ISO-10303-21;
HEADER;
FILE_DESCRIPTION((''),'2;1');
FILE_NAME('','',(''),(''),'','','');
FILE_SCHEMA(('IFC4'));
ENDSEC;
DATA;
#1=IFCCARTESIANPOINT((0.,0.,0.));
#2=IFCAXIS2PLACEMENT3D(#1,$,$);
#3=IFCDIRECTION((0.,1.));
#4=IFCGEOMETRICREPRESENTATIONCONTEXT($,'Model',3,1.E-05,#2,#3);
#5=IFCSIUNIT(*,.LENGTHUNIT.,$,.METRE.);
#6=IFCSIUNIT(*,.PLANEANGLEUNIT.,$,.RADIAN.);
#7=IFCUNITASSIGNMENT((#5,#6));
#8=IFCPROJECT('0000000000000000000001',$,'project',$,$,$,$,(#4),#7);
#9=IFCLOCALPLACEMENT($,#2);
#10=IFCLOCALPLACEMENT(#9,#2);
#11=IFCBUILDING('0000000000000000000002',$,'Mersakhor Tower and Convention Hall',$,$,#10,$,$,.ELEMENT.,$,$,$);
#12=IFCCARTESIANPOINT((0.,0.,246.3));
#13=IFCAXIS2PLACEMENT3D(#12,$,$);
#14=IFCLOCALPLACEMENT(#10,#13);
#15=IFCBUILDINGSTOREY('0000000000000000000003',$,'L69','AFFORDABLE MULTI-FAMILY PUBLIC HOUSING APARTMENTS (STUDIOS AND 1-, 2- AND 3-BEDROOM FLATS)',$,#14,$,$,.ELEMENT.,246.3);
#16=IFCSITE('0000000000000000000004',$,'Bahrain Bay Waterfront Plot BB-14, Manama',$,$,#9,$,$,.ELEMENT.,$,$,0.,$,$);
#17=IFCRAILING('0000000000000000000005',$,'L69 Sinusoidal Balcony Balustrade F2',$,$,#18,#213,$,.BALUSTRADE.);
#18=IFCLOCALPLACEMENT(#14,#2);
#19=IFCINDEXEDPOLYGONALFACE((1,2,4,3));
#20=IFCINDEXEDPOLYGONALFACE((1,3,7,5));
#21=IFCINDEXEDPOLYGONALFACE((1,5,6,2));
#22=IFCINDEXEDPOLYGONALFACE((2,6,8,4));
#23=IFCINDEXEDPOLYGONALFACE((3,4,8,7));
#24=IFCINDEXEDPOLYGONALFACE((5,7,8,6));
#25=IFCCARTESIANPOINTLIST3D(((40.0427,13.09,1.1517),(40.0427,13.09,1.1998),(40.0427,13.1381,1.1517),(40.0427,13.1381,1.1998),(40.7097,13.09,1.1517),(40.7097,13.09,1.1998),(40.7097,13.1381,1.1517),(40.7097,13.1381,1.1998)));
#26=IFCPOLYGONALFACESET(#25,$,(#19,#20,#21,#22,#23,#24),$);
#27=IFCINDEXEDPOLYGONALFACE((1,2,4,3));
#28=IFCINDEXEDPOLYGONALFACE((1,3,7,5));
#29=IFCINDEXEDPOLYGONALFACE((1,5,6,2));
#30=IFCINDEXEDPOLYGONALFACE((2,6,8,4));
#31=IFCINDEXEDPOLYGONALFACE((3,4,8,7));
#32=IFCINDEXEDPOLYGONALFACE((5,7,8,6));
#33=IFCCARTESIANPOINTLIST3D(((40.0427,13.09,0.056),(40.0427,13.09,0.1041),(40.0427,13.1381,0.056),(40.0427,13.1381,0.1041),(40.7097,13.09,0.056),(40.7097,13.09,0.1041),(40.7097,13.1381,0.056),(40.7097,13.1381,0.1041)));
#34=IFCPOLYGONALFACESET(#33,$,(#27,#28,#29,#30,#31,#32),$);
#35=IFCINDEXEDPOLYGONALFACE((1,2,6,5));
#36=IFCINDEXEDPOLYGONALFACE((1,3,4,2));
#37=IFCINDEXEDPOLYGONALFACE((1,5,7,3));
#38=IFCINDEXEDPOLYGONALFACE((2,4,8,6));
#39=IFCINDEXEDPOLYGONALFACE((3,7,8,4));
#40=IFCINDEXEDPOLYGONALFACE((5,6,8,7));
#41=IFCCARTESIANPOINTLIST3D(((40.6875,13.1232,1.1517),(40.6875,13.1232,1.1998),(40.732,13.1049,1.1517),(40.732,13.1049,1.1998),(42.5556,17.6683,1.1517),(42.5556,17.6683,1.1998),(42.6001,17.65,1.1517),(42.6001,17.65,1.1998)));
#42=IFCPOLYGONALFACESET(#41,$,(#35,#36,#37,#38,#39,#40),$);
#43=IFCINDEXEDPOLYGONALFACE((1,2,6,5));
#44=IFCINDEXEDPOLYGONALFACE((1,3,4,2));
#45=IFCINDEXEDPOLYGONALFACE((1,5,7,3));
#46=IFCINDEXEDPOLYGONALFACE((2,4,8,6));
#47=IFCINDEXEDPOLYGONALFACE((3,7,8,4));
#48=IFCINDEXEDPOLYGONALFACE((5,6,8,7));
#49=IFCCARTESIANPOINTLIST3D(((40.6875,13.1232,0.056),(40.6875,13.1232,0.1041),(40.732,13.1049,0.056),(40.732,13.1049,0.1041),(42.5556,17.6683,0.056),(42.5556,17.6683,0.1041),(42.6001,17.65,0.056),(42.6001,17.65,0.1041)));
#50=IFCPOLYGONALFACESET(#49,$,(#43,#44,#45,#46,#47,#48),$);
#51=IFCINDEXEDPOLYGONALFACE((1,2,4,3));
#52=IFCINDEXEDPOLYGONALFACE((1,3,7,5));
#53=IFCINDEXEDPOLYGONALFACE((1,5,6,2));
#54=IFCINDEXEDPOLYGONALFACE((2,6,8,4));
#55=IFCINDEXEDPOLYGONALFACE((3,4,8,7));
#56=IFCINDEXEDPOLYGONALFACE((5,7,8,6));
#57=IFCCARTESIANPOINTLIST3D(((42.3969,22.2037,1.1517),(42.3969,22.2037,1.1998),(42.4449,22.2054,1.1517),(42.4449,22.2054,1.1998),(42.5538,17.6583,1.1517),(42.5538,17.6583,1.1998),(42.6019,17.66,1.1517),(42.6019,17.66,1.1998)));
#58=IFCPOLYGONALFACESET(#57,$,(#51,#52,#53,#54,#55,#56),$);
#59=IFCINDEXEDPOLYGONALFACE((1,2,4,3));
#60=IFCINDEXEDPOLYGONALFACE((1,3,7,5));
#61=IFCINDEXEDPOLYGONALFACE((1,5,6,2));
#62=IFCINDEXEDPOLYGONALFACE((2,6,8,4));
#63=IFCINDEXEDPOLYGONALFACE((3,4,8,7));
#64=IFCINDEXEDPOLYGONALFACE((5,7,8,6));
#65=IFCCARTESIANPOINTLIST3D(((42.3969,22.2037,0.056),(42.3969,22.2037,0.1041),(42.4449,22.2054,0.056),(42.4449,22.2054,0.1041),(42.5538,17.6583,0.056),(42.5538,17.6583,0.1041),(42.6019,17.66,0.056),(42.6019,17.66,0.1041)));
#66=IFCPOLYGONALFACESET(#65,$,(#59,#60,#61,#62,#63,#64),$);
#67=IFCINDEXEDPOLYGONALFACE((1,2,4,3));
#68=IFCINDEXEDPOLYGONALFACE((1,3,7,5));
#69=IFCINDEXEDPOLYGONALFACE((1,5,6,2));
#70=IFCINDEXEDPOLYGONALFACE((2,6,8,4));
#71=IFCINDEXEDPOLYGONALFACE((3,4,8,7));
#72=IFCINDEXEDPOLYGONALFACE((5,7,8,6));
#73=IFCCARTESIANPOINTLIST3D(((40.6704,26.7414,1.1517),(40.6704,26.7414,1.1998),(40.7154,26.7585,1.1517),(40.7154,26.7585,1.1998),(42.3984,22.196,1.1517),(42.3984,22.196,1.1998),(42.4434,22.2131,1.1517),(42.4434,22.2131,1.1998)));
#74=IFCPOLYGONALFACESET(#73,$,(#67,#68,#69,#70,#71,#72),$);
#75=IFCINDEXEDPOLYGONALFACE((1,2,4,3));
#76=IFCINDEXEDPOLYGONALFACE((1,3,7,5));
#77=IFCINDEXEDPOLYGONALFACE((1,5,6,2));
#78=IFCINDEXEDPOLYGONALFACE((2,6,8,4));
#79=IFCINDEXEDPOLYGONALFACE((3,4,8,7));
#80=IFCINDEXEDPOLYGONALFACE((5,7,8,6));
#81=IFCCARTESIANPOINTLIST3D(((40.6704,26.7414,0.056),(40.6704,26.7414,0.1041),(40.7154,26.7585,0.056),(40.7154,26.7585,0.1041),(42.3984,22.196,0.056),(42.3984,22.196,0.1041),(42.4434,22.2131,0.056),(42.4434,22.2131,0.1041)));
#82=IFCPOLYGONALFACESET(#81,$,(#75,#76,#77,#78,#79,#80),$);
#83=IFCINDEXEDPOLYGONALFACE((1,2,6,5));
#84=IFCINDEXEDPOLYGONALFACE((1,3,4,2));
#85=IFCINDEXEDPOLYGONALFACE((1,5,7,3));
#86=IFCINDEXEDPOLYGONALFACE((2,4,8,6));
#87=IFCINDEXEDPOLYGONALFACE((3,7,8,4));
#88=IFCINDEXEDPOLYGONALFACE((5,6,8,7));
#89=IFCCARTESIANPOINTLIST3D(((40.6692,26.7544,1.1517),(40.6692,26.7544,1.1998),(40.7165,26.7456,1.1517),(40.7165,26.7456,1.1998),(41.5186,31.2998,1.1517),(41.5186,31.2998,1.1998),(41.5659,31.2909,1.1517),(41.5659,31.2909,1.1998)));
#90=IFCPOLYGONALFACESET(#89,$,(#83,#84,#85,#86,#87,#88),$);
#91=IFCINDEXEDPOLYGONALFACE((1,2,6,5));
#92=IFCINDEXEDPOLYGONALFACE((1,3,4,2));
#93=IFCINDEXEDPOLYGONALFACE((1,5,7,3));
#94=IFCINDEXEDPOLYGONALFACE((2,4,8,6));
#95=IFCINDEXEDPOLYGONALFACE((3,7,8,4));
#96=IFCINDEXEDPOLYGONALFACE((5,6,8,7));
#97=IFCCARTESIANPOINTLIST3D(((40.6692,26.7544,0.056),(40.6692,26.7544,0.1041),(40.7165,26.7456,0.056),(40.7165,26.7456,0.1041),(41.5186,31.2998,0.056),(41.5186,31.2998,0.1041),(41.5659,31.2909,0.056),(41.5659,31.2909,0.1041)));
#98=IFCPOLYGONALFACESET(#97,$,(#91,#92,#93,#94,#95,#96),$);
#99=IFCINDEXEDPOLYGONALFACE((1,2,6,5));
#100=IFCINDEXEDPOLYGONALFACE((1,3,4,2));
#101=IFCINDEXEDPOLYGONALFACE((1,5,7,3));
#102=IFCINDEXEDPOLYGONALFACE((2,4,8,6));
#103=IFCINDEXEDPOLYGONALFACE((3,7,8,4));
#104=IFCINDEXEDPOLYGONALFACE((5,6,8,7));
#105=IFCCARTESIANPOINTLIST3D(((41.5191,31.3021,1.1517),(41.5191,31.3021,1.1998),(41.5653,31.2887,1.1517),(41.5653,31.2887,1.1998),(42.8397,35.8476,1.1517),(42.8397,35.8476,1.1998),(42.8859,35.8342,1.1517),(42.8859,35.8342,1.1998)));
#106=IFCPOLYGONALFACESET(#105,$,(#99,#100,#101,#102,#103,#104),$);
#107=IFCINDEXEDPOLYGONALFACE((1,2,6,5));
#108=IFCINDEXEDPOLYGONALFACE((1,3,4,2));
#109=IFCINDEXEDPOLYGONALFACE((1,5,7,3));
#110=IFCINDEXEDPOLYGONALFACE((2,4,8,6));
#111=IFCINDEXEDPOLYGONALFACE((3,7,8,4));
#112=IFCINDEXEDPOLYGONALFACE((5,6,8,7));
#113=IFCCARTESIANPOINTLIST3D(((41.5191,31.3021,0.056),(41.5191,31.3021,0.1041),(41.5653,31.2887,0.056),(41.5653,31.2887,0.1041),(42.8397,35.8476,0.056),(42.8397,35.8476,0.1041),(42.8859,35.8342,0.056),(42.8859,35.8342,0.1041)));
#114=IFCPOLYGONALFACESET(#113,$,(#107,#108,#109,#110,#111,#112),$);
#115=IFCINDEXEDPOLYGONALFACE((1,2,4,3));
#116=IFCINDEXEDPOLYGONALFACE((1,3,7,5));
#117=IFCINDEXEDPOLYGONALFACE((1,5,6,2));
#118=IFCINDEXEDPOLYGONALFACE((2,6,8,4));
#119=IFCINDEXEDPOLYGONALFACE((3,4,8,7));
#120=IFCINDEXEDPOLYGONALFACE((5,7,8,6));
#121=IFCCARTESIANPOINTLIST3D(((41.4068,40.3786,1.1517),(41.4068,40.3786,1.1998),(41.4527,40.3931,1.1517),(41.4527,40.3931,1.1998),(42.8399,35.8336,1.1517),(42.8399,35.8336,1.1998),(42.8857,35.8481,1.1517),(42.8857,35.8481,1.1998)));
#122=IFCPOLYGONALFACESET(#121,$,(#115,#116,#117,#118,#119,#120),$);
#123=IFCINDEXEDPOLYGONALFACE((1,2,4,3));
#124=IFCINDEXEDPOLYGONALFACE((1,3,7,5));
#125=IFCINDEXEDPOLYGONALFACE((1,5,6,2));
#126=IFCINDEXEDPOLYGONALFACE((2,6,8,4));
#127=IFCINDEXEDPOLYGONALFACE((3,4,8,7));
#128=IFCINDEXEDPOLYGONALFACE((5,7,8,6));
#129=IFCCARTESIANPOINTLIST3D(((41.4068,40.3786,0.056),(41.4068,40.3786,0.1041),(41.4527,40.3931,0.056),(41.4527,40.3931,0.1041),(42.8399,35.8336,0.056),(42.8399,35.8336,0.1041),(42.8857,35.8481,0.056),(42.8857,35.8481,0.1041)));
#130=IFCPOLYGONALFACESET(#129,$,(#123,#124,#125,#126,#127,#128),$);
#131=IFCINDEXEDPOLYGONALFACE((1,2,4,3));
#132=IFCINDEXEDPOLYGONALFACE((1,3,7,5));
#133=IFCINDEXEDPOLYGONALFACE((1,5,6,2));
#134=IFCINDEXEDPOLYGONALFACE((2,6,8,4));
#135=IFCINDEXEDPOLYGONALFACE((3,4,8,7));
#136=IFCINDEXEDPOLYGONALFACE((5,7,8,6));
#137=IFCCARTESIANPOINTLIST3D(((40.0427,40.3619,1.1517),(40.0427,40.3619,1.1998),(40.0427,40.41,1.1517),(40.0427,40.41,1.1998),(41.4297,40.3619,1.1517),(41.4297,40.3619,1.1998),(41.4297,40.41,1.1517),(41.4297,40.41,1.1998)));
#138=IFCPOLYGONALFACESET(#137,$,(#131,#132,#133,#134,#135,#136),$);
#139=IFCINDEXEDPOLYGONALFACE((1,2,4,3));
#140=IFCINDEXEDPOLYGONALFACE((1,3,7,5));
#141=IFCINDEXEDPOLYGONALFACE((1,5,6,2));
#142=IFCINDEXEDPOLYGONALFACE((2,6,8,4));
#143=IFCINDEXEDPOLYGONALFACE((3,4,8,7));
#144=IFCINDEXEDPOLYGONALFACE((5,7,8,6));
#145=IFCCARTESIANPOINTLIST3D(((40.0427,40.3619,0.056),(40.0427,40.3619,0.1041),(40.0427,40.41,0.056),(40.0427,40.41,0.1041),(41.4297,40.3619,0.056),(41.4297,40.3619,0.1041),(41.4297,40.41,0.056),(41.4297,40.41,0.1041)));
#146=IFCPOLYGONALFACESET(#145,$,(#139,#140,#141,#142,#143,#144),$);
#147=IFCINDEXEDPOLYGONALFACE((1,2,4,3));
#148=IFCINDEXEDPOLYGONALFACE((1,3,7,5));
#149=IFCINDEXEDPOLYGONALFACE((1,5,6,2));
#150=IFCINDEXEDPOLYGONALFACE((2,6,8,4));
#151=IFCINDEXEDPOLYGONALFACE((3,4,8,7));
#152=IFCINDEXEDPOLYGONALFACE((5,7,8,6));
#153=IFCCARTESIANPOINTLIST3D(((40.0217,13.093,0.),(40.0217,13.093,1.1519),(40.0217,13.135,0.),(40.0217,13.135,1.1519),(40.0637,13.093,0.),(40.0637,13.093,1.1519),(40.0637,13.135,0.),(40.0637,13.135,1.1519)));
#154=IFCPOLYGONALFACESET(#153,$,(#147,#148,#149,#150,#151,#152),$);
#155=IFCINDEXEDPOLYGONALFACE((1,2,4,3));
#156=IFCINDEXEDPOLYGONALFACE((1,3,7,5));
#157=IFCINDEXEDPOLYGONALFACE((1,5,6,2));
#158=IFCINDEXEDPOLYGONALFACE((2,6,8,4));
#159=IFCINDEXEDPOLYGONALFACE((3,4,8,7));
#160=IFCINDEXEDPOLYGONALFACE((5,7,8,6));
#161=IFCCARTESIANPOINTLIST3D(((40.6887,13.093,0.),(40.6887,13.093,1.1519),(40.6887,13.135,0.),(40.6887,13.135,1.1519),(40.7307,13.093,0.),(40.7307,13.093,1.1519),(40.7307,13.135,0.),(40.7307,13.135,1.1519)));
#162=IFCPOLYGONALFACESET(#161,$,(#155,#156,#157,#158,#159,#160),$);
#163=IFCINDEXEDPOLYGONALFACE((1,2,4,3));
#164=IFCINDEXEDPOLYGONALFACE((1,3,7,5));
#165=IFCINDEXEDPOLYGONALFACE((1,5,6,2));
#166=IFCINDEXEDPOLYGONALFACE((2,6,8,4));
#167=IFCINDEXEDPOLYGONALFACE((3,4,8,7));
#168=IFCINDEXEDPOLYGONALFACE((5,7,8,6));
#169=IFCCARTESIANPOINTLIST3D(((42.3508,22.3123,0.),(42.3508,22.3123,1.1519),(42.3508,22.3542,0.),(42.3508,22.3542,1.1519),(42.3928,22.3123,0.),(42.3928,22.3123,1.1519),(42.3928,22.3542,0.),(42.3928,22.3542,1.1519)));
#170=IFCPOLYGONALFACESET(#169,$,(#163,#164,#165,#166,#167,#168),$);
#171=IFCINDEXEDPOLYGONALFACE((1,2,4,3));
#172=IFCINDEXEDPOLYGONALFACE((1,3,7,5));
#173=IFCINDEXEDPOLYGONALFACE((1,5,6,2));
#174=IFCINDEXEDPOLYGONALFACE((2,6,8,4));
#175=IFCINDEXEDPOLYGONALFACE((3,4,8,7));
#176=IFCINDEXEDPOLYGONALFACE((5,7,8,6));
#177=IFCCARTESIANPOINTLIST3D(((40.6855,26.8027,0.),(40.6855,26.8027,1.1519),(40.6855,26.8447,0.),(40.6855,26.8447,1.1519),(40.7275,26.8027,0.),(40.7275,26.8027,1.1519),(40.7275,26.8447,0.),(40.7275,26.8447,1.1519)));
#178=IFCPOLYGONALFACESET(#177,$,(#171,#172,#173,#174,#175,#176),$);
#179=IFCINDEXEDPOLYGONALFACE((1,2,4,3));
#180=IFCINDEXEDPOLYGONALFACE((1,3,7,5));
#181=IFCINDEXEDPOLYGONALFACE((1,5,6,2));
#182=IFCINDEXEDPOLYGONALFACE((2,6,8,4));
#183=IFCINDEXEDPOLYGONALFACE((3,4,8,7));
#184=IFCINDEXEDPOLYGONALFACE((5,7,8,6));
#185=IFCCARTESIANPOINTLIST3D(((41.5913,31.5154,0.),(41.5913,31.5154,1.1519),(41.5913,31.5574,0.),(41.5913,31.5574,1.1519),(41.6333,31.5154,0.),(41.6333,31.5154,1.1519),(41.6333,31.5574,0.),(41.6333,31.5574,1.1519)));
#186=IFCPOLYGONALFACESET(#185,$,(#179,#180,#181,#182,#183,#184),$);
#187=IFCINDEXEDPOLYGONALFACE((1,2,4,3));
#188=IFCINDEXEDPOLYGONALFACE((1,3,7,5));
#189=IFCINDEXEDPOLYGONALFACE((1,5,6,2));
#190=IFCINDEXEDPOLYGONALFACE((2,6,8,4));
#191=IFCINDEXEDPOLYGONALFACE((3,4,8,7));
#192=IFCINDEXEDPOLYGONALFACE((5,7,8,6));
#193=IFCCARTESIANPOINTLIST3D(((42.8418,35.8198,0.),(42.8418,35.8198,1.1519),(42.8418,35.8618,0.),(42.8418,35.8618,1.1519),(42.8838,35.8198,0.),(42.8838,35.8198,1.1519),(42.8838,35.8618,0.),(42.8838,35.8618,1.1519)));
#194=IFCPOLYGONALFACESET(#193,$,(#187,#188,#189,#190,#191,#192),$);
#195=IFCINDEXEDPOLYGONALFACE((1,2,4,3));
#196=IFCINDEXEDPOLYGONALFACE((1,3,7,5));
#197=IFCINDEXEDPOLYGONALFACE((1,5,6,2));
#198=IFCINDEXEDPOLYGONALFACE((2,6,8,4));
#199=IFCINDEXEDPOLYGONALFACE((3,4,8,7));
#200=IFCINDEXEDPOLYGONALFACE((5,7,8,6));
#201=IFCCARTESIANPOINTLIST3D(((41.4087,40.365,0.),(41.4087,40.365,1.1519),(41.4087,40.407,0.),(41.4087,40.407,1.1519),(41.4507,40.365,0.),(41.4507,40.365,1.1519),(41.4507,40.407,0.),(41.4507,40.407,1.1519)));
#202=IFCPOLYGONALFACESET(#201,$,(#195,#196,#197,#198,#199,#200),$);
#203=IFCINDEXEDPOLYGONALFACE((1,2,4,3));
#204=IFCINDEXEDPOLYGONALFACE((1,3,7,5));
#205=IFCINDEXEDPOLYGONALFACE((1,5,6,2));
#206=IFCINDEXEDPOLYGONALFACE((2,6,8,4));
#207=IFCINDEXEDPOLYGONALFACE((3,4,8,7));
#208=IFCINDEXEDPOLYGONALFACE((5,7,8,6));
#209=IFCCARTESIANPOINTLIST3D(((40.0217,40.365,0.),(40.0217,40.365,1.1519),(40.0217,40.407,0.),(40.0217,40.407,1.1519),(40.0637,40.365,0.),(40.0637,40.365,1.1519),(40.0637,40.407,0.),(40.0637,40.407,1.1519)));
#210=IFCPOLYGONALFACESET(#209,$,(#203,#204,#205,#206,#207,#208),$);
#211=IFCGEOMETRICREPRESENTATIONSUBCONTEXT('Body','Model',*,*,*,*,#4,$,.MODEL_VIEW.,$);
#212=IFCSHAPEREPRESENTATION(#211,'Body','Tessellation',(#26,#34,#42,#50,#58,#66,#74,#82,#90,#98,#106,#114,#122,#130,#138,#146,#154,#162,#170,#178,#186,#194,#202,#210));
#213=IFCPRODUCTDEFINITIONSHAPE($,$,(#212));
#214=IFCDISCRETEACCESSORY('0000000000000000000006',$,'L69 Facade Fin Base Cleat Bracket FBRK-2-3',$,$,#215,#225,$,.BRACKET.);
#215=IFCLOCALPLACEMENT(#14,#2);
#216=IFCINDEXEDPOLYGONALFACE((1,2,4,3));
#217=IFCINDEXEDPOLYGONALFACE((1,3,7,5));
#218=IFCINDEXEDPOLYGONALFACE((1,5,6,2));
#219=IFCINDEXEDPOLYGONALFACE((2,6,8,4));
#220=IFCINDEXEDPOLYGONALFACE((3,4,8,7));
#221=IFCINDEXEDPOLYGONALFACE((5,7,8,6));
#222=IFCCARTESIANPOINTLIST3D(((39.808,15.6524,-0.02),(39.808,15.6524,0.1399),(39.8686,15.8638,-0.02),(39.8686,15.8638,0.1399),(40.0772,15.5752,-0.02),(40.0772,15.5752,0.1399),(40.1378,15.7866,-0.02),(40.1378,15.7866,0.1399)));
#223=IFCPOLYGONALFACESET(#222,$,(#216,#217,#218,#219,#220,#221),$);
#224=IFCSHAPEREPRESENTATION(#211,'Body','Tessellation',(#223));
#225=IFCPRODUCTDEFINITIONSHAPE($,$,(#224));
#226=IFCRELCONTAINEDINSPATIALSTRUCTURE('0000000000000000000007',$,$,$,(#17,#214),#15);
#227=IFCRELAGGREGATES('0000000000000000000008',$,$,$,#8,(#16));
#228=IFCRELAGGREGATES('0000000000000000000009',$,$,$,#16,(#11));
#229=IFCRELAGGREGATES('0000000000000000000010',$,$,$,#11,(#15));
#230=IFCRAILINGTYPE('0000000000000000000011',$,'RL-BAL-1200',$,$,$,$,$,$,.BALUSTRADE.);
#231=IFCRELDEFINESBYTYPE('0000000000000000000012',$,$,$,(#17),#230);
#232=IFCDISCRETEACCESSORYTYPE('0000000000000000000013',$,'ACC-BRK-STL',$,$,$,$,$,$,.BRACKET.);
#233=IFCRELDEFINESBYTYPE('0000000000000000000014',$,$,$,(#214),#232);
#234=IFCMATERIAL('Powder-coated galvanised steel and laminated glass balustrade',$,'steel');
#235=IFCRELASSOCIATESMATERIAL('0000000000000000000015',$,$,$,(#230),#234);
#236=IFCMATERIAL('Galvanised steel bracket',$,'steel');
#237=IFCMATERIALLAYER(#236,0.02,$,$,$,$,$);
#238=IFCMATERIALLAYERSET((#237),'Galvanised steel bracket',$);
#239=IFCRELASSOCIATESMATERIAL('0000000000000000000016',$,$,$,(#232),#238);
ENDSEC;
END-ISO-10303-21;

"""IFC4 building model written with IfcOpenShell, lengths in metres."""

from ifc_helpers import new_model, si_unit, direction, frame, origin, origin_2d, place, context, subcontext, project, spatial, rectangle, extrude, material, layer, layer_set, type_object, element, save


model = new_model("IFC4")

# Units and contexts
model_context = context("Model", 3, precision=1e-05, world=origin(), true_north=direction((0.0, 1.0)))
body_context = subcontext(model_context, "Body", "Model", "MODEL_VIEW")
ifc_project = project(units=[si_unit("LENGTHUNIT", "METRE"), si_unit("PLANEANGLEUNIT", "RADIAN")], contexts=[model_context])

# Site, building, storey
site_placement = place(None, origin())
site = spatial("IfcSite", under=ifc_project, at=site_placement, Name="Bahrain Bay Waterfront Plot BB-14, Manama", CompositionType="ELEMENT", RefElevation=0.0)
building_placement = place(site_placement, origin())
building = spatial("IfcBuilding", under=site, at=building_placement, Name="Mersakhor Tower and Convention Hall", CompositionType="ELEMENT")
storey_placement = place(building_placement, frame((0.0, 0.0, 246.3)))
storey = spatial("IfcBuildingStorey", under=building, at=storey_placement, Name="L69", Description="AFFORDABLE MULTI-FAMILY PUBLIC HOUSING APARTMENTS (STUDIOS AND 1-, 2- AND 3-BEDROOM FLATS)", CompositionType="ELEMENT", Elevation=246.3)

# Railing
ifc_material_1 = material(Name="Powder-coated galvanised steel and laminated glass balustrade", Category="steel")
railing_type = type_object("IfcRailingType", Name="RL-BAL-1200", PredefinedType="BALUSTRADE", material=ifc_material_1)
railing_placement = place(storey_placement, frame((40.0427, 13.114, 0.0)))
element("IfcRailing", 1, at=railing_placement, inside=storey, type_object=railing_type, Name="L69 Sinusoidal Balcony Balustrade F2", PredefinedType="BALUSTRADE", context=body_context, shape_type="SweptSolid", body=[
    extrude(rectangle(XDim=0.0481, YDim=0.0481, at=origin_2d()), frame((0.0, 0.0, 1.1758), z_axis=(1.0, 0.0, 0.0), x_axis=(0.0, 1.0, 0.0)), (0.0, 0.0, 1.0), 0.667),
    extrude(rectangle(XDim=0.0481, YDim=0.0481, at=origin_2d()), frame((0.0, 0.0, 0.0801), z_axis=(1.0, 0.0, 0.0), x_axis=(0.0, 1.0, 0.0)), (0.0, 0.0, 1.0), 0.667),
    extrude(rectangle(XDim=0.0481, YDim=0.0481, at=origin_2d()), frame((0.667, 0.0, 1.1758), z_axis=(0.380163, 0.92492, 0.0), x_axis=(-0.92492, 0.380163, 0.0)), (0.0, 0.0, 1.0), 4.9141),
    extrude(rectangle(XDim=0.0481, YDim=0.0481, at=origin_2d()), frame((0.667, 0.0, 0.0801), z_axis=(0.380163, 0.92492, 0.0), x_axis=(-0.92492, 0.380163, 0.0)), (0.0, 0.0, 1.0), 4.9141),
    extrude(rectangle(XDim=0.0481, YDim=0.0481, at=origin_2d()), frame((2.5352, 4.5452, 1.1758), z_axis=(-0.034516, 0.999404, 0.0), x_axis=(-0.999404, -0.034516, 0.0)), (0.0, 0.0, 1.0), 4.5481),
    extrude(rectangle(XDim=0.0481, YDim=0.0481, at=origin_2d()), frame((2.5352, 4.5452, 0.0801), z_axis=(-0.034516, 0.999404, 0.0), x_axis=(-0.999404, -0.034516, 0.0)), (0.0, 0.0, 1.0), 4.5481),
    extrude(rectangle(XDim=0.0481, YDim=0.0481, at=origin_2d()), frame((2.3782, 9.0906, 1.1758), z_axis=(-0.355356, 0.934731, 0.0), x_axis=(-0.934731, -0.355356, 0.0)), (0.0, 0.0, 1.0), 4.8628),
    extrude(rectangle(XDim=0.0481, YDim=0.0481, at=origin_2d()), frame((2.3782, 9.0906, 0.0801), z_axis=(-0.355356, 0.934731, 0.0), x_axis=(-0.934731, -0.355356, 0.0)), (0.0, 0.0, 1.0), 4.8628),
    extrude(rectangle(XDim=0.0481, YDim=0.0481, at=origin_2d()), frame((0.6501, 13.636, 1.1758), z_axis=(0.183683, 0.982986, 0.0), x_axis=(-0.982986, 0.183683, 0.0)), (0.0, 0.0, 1.0), 4.624),
    extrude(rectangle(XDim=0.0481, YDim=0.0481, at=origin_2d()), frame((0.6501, 13.636, 0.0801), z_axis=(0.183683, 0.982986, 0.0), x_axis=(-0.982986, 0.183683, 0.0)), (0.0, 0.0, 1.0), 4.624),
    extrude(rectangle(XDim=0.0481, YDim=0.0481, at=origin_2d()), frame((1.4995, 18.1814, 1.1758), z_axis=(0.27899, 0.960294, 0.0), x_axis=(-0.960294, 0.27899, 0.0)), (0.0, 0.0, 1.0), 4.7334),
    extrude(rectangle(XDim=0.0481, YDim=0.0481, at=origin_2d()), frame((1.4995, 18.1814, 0.0801), z_axis=(0.27899, 0.960294, 0.0), x_axis=(-0.960294, 0.27899, 0.0)), (0.0, 0.0, 1.0), 4.7334),
    extrude(rectangle(XDim=0.0481, YDim=0.0481, at=origin_2d()), frame((2.8201, 22.7268, 1.1758), z_axis=(-0.30071, 0.953716, 0.0), x_axis=(-0.953716, -0.30071, 0.0)), (0.0, 0.0, 1.0), 4.7656),
    extrude(rectangle(XDim=0.0481, YDim=0.0481, at=origin_2d()), frame((2.8201, 22.7268, 0.0801), z_axis=(-0.30071, 0.953716, 0.0), x_axis=(-0.953716, -0.30071, 0.0)), (0.0, 0.0, 1.0), 4.7656),
    extrude(rectangle(XDim=0.0481, YDim=0.0481, at=origin_2d()), frame((1.387, 27.272, 1.1758), z_axis=(-1.0, 0.0, 0.0), x_axis=(0.0, -1.0, 0.0)), (0.0, 0.0, 1.0), 1.387),
    extrude(rectangle(XDim=0.0481, YDim=0.0481, at=origin_2d()), frame((1.387, 27.272, 0.0801), z_axis=(-1.0, 0.0, 0.0), x_axis=(0.0, -1.0, 0.0)), (0.0, 0.0, 1.0), 1.387),
    extrude(rectangle(XDim=0.042, YDim=0.042, at=origin_2d()), origin(), (0.0, 0.0, 1.0), 1.1519),
    extrude(rectangle(XDim=0.042, YDim=0.042, at=origin_2d()), frame((0.667, 0.0, 0.0)), (0.0, 0.0, 1.0), 1.1519),
    extrude(rectangle(XDim=0.042, YDim=0.042, at=origin_2d()), frame((2.3291, 9.2192, 0.0)), (0.0, 0.0, 1.0), 1.1519),
    extrude(rectangle(XDim=0.042, YDim=0.042, at=origin_2d()), frame((0.6638, 13.7097, 0.0)), (0.0, 0.0, 1.0), 1.1519),
    extrude(rectangle(XDim=0.042, YDim=0.042, at=origin_2d()), frame((1.5696, 18.4224, 0.0)), (0.0, 0.0, 1.0), 1.1519),
    extrude(rectangle(XDim=0.042, YDim=0.042, at=origin_2d()), frame((2.8201, 22.7268, 0.0)), (0.0, 0.0, 1.0), 1.1519),
    extrude(rectangle(XDim=0.042, YDim=0.042, at=origin_2d()), frame((1.387, 27.272, 0.0)), (0.0, 0.0, 1.0), 1.1519),
    extrude(rectangle(XDim=0.042, YDim=0.042, at=origin_2d()), frame((0.0, 27.272, 0.0)), (0.0, 0.0, 1.0), 1.1519),
])

# Discrete accessory
ifc_material_2 = material(Name="Galvanised steel bracket", Category="steel")
ifc_layer_1 = layer(ifc_material_2, 0.02)
ifc_layer_set_1 = layer_set([ifc_layer_1], Name="Galvanised steel bracket")
discrete_accessory_type = type_object("IfcDiscreteAccessoryType", Name="ACC-BRK-STL", PredefinedType="BRACKET", material=ifc_layer_set_1)
for number, where, z_axis, x_axis, name in (
    (2, (39.9729, 15.7195, -0.02), (0.0, 0.0, 1.0), (0.961262, -0.275637, 0.0), "L69 Facade Fin Base Cleat Bracket FBRK-2-3"),
):
    element("IfcDiscreteAccessory", number, at=place(storey_placement, frame(where, z_axis=z_axis, x_axis=x_axis)), inside=storey, type_object=discrete_accessory_type, Name=name, PredefinedType="BRACKET", context=body_context, shape_type="SweptSolid", body=[
        extrude(rectangle(XDim=0.28, YDim=0.22, at=origin_2d()), origin(), (0.0, 0.0, 1.0), 0.1599),
    ])

save(model, "model.ifc")
